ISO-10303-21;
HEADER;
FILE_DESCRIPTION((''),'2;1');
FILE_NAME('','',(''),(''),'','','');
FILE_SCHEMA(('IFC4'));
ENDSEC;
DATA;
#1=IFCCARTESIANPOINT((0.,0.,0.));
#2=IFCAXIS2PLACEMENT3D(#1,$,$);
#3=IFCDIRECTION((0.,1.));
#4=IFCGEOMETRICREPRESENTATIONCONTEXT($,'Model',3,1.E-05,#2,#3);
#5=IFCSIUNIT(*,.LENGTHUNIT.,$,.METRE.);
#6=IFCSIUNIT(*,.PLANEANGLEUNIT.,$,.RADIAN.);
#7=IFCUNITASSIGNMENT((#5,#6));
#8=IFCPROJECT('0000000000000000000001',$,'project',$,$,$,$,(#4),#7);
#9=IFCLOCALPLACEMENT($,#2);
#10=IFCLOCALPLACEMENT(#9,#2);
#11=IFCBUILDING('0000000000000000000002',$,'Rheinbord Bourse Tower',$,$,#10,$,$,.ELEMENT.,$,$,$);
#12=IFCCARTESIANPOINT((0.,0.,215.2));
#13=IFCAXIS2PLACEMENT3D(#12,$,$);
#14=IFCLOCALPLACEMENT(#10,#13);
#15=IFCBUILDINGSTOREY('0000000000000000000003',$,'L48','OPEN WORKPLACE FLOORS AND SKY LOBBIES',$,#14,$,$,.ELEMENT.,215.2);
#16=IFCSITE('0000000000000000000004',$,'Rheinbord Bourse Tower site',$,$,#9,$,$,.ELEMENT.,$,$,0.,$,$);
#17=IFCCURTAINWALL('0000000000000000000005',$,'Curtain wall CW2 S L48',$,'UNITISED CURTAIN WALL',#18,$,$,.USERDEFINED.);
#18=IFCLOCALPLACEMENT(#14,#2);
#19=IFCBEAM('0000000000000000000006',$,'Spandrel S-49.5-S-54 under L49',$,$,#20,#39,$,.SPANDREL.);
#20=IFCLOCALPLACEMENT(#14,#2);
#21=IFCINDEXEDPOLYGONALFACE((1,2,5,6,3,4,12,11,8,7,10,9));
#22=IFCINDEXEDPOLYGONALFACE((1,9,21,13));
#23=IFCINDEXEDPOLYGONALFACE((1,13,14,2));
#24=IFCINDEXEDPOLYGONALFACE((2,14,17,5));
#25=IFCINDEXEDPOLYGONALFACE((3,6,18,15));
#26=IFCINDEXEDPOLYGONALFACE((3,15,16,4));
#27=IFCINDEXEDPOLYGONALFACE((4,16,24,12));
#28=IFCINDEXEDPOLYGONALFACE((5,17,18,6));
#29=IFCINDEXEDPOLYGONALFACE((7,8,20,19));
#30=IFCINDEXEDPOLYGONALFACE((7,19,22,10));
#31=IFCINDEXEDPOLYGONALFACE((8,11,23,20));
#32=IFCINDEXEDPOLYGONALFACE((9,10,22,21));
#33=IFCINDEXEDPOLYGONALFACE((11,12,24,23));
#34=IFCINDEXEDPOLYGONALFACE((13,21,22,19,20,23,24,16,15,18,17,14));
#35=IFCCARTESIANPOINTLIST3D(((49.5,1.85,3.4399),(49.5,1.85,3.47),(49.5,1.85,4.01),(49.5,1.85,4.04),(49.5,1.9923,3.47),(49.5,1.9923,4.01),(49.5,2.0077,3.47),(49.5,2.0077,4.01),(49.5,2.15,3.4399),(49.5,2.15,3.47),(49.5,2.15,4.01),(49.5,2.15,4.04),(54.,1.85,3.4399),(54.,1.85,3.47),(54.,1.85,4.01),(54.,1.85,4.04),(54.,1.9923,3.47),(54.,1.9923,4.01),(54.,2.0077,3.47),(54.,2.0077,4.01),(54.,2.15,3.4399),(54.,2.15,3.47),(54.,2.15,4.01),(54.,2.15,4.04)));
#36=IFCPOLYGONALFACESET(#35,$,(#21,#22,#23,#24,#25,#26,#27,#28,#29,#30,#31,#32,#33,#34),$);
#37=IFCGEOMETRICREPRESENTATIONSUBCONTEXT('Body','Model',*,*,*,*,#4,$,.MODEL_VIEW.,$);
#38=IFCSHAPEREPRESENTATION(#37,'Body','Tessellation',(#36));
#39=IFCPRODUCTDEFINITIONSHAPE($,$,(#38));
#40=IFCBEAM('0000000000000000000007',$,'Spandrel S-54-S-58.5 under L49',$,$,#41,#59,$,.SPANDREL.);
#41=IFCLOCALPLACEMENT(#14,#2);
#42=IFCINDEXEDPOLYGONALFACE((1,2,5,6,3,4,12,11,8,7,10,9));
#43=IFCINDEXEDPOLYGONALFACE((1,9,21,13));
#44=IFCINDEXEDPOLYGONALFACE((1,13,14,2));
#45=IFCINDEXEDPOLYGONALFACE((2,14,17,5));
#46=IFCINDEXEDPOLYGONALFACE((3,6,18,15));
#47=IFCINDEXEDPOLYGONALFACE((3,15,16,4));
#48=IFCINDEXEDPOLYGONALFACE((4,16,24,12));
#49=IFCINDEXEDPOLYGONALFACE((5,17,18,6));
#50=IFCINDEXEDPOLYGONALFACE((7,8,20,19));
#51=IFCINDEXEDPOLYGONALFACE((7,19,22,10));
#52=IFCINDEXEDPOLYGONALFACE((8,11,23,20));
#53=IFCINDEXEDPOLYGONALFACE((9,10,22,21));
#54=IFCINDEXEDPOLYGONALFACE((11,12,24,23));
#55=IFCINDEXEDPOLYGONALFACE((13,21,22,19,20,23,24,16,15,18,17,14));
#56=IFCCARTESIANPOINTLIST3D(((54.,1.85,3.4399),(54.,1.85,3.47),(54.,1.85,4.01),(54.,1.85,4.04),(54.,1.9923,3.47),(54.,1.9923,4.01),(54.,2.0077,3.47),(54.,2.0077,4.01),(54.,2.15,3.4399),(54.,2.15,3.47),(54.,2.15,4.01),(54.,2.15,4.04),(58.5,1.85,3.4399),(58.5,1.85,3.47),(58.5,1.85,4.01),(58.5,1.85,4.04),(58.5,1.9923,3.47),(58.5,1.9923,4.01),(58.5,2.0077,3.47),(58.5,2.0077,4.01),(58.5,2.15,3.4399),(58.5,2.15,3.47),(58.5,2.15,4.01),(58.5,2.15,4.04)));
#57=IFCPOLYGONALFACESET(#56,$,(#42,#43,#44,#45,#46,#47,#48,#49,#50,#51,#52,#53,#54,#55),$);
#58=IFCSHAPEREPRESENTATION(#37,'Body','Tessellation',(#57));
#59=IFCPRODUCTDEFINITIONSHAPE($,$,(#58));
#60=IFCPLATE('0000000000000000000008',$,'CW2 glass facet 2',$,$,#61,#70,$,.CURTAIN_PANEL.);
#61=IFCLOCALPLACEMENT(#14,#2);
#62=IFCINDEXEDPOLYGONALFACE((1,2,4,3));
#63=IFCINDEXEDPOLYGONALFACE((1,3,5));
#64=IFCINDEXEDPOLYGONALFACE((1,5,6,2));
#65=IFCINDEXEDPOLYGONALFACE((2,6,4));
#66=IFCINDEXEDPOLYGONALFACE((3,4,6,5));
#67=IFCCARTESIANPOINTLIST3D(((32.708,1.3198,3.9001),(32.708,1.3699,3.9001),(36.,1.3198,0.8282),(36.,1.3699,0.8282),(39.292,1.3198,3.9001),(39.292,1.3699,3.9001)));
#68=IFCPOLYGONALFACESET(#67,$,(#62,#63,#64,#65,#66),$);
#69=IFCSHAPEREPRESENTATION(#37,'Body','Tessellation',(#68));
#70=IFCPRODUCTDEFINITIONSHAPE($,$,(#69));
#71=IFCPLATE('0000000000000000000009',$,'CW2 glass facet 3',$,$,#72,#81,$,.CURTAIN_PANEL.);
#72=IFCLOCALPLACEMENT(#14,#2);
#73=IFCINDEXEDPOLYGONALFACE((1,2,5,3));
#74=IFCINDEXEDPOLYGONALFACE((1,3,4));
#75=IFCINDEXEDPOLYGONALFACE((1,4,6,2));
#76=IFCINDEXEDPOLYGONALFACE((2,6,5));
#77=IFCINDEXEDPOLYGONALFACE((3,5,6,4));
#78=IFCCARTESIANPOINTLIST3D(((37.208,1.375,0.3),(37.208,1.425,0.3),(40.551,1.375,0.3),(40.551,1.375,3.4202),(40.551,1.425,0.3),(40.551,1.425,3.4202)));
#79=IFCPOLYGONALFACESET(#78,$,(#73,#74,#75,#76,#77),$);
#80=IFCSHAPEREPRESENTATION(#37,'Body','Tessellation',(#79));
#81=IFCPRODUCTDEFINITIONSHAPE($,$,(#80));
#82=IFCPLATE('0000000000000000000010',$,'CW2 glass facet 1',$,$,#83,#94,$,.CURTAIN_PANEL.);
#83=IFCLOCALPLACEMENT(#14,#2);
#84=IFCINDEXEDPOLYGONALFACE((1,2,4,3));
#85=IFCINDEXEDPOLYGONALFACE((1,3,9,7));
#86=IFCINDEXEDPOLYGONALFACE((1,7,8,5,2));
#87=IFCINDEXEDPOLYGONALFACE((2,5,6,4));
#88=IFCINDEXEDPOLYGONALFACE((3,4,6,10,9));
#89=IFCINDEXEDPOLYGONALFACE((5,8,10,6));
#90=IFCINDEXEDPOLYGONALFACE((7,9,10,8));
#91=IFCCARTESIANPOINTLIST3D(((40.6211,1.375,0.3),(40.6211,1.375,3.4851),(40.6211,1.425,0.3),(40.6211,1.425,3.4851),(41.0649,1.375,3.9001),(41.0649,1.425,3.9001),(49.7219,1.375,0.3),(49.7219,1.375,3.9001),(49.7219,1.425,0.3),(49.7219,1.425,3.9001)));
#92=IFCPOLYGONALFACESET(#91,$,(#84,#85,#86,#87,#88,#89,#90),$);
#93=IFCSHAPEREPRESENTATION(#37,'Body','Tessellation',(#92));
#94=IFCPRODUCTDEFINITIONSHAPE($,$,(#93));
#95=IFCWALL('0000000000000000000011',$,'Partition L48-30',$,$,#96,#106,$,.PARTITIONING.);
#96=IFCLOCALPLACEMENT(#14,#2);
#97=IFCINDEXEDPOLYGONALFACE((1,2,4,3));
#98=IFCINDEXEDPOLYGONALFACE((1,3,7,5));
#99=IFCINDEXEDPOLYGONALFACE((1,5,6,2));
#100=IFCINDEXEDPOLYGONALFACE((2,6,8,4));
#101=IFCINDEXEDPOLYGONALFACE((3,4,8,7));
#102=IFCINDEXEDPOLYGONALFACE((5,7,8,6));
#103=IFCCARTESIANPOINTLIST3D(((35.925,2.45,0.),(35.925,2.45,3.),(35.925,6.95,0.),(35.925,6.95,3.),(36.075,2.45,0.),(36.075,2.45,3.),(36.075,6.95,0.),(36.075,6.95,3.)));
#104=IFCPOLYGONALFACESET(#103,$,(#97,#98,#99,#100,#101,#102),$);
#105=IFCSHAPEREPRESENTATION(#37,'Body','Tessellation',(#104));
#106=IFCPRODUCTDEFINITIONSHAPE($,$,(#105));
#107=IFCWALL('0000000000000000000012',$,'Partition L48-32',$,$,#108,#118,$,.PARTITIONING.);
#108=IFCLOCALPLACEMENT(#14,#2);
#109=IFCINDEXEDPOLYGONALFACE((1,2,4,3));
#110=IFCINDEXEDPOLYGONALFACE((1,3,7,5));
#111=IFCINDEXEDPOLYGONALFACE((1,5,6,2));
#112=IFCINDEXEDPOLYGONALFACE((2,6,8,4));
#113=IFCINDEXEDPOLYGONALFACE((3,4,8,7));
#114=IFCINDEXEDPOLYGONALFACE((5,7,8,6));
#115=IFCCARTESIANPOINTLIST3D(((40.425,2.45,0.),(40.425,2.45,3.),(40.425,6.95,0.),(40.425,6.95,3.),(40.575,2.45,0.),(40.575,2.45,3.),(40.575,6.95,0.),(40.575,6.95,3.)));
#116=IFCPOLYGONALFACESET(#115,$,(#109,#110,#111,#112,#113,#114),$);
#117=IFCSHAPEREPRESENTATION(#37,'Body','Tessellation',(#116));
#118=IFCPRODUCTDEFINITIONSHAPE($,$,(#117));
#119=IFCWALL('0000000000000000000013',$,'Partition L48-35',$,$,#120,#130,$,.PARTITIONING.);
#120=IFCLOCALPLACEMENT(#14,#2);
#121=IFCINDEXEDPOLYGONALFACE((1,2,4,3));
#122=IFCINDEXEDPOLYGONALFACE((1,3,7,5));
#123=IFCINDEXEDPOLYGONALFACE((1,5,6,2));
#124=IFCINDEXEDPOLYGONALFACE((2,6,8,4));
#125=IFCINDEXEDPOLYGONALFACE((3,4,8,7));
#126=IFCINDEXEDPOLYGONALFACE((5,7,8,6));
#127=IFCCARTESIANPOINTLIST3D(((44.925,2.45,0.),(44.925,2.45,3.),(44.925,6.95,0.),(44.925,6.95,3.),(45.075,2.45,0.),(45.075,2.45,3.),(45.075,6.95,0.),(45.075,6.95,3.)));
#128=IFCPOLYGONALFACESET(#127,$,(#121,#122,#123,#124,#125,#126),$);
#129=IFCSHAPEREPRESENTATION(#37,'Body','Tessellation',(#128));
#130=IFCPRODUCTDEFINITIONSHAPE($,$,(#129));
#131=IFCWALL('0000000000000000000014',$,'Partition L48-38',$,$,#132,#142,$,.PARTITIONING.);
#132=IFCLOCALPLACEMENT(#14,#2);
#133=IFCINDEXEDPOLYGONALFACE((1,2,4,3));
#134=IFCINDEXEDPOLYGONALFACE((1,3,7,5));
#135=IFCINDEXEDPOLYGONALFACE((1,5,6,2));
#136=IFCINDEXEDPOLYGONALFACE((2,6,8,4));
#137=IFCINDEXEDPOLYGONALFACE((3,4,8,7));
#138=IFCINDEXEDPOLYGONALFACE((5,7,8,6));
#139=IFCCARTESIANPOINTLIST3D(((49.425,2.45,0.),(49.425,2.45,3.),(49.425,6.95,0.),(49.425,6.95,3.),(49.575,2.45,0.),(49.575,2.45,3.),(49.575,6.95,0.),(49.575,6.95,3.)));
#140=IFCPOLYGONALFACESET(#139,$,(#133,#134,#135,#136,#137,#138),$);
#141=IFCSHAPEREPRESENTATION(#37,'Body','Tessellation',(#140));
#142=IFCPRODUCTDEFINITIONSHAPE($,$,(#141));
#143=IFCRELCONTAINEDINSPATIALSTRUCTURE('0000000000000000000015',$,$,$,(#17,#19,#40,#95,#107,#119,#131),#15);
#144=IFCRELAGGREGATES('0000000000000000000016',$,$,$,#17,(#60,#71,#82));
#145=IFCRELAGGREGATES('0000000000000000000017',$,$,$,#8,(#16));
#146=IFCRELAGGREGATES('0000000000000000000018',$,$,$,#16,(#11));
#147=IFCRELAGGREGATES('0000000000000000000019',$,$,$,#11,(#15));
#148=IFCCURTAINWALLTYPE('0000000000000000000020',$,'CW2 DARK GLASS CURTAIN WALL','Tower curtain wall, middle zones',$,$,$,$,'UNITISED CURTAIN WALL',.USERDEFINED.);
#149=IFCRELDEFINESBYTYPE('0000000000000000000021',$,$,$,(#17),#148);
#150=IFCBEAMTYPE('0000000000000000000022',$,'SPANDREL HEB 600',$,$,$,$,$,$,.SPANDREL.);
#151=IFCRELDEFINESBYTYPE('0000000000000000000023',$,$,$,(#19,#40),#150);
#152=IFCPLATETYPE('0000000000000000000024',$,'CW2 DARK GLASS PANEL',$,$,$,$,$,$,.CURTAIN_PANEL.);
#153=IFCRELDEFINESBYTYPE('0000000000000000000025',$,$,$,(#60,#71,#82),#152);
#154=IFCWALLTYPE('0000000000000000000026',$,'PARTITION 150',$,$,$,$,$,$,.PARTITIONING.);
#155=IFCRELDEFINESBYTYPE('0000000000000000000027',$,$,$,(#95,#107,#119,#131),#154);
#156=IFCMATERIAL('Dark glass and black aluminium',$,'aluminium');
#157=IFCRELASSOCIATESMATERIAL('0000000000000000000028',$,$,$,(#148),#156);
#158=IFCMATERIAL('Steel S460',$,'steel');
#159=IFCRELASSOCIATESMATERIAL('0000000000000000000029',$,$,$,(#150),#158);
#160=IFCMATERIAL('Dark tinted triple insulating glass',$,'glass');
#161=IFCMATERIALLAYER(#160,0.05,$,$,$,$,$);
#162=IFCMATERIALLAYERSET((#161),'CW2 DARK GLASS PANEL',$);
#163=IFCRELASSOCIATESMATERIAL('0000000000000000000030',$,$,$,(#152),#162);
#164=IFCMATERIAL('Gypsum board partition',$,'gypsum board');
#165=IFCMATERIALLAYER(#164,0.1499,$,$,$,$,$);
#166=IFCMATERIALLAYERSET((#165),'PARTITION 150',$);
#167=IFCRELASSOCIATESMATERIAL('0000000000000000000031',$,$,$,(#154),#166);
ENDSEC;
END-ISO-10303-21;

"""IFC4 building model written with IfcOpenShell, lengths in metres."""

from ifc_helpers import new_model, si_unit, direction, frame, frame_2d, origin, origin_2d, place, context, subcontext, project, spatial, polyline, rectangle, i_section, outline, extrude, material, layer, layer_set, material_profile, profile_set, type_object, element, aggregate, save


model = new_model("IFC4")

# Units and contexts
model_context = context("Model", 3, precision=1e-05, world=origin(), true_north=direction((0.0, 1.0)))
body_context = subcontext(model_context, "Body", "Model", "MODEL_VIEW")
ifc_project = project(units=[si_unit("LENGTHUNIT", "METRE"), si_unit("PLANEANGLEUNIT", "RADIAN")], contexts=[model_context])

# Site, building, storey
site_placement = place(None, origin())
site = spatial("IfcSite", under=ifc_project, at=site_placement, Name="Rheinbord Bourse Tower site", CompositionType="ELEMENT", RefElevation=0.0)
building_placement = place(site_placement, origin())
building = spatial("IfcBuilding", under=site, at=building_placement, Name="Rheinbord Bourse Tower", CompositionType="ELEMENT")
storey_placement = place(building_placement, frame((0.0, 0.0, 215.2)))
storey = spatial("IfcBuildingStorey", under=building, at=storey_placement, Name="L48", Description="OPEN WORKPLACE FLOORS AND SKY LOBBIES", CompositionType="ELEMENT", Elevation=215.2)

# Curtain wall
ifc_material_1 = material(Name="Dark glass and black aluminium", Category="aluminium")
curtain_wall_type = type_object("IfcCurtainWallType", Name="CW2 DARK GLASS CURTAIN WALL", Description="Tower curtain wall, middle zones", ElementType="UNITISED CURTAIN WALL", PredefinedType="USERDEFINED", material=ifc_material_1)
curtain_wall_placement = place(storey_placement, origin())
curtain_wall = element("IfcCurtainWall", 1, at=curtain_wall_placement, inside=storey, type_object=curtain_wall_type, Name="Curtain wall CW2 S L48", ObjectType="UNITISED CURTAIN WALL", PredefinedType="USERDEFINED")

# Beams
ifc_material_2 = material(Name="Steel S460", Category="steel")
ifc_material_profile_1 = material_profile(ifc_material_2, i_section(OverallWidth=0.3, OverallDepth=0.6001, WebThickness=0.0154, FlangeThickness=0.03, at=origin_2d()), Name="HEB 600")
ifc_profile_set_1 = profile_set([ifc_material_profile_1], Name="Steel S460")
beam_type_1 = type_object("IfcBeamType", Name="SPANDREL HEB 600", PredefinedType="SPANDREL", material=ifc_profile_set_1)
for number, where, z_axis, x_axis, name in (
    (2, (49.5, 2.0, 3.74), (1.0, 0.0, 0.0), (0.0, 1.0, 0.0), "Spandrel S-49.5-S-54 under L49"),
    (3, (54.0, 2.0, 3.74), (1.0, 0.0, 0.0), (0.0, 1.0, 0.0), "Spandrel S-54-S-58.5 under L49"),
):
    element("IfcBeam", number, at=place(storey_placement, frame(where, z_axis=z_axis, x_axis=x_axis)), inside=storey, type_object=beam_type_1, Name=name, PredefinedType="SPANDREL", context=body_context, shape_type="SweptSolid", body=[
        extrude(i_section(OverallWidth=0.3, OverallDepth=0.6001, WebThickness=0.0154, FlangeThickness=0.03, at=origin_2d()), origin(), (0.0, 0.0, 1.0), 4.5),
    ])

# Plates
ifc_material_3 = material(Name="Dark tinted triple insulating glass", Category="glass")
ifc_layer_1 = layer(ifc_material_3, 0.05)
ifc_layer_set_1 = layer_set([ifc_layer_1], Name="CW2 DARK GLASS PANEL")
plate_type = type_object("IfcPlateType", Name="CW2 DARK GLASS PANEL", PredefinedType="CURTAIN_PANEL", material=ifc_layer_set_1)
plate_1_placement = place(storey_placement, frame((39.292, 1.3198, 3.9001), z_axis=(0.0, 1.0, 0.0), x_axis=(-0.731111, 0.0, -0.682258)))
plate_1 = element("IfcPlate", 4, at=plate_1_placement, type_object=plate_type, Name="CW2 glass facet 2", PredefinedType="CURTAIN_PANEL", context=body_context, shape_type="SweptSolid", body=[
    extrude(outline(polyline([(0.0, 0.0), (4.5027, 0.0), (4.8137, 4.4919), (0.0, 0.0)])), origin(), (0.0, 0.0, 1.0), 0.05),
])
plate_2_placement = place(storey_placement, frame((40.551, 1.375, 0.3), z_axis=(0.0, 1.0, 0.0), x_axis=(-1.0, 0.0, 0.0)))
plate_2 = element("IfcPlate", 5, at=plate_2_placement, type_object=plate_type, Name="CW2 glass facet 3", PredefinedType="CURTAIN_PANEL", context=body_context, shape_type="SweptSolid", body=[
    extrude(outline(polyline([(0.0, 0.0), (3.343, 0.0), (0.0, 3.1201), (0.0, 0.0)])), origin(), (0.0, 0.0, 1.0), 0.05),
])
plate_3_placement = place(storey_placement, frame((49.7219, 1.375, 3.9001), z_axis=(0.0, 1.0, 0.0), x_axis=(0.0, 0.0, -1.0)))
plate_3 = element("IfcPlate", 6, at=plate_3_placement, type_object=plate_type, Name="CW2 glass facet 1", PredefinedType="CURTAIN_PANEL", context=body_context, shape_type="SweptSolid", body=[
    extrude(outline(polyline([(0.0, 0.0), (3.6001, 0.0), (3.6001, 9.1008), (0.415, 9.1008), (0.0, 8.657), (0.0, 0.0)])), origin(), (0.0, 0.0, 1.0), 0.05),
])
aggregate(curtain_wall, [plate_1, plate_2, plate_3])

# Walls
ifc_material_4 = material(Name="Gypsum board partition", Category="gypsum board")
ifc_layer_2 = layer(ifc_material_4, 0.1499)
ifc_layer_set_2 = layer_set([ifc_layer_2], Name="PARTITION 150")
wall_type = type_object("IfcWallType", Name="PARTITION 150", PredefinedType="PARTITIONING", material=ifc_layer_set_2)
for number, where, z_axis, x_axis, name in (
    (7, (36.0, 2.45, 0.0), (0.0, 0.0, 1.0), (0.0, 1.0, 0.0), "Partition L48-30"),
    (8, (40.5, 2.45, 0.0), (0.0, 0.0, 1.0), (0.0, 1.0, 0.0), "Partition L48-32"),
    (9, (45.0, 2.45, 0.0), (0.0, 0.0, 1.0), (0.0, 1.0, 0.0), "Partition L48-35"),
    (10, (49.5, 2.45, 0.0), (0.0, 0.0, 1.0), (0.0, 1.0, 0.0), "Partition L48-38"),
):
    element("IfcWall", number, at=place(storey_placement, frame(where, z_axis=z_axis, x_axis=x_axis)), inside=storey, type_object=wall_type, Name=name, PredefinedType="PARTITIONING", context=body_context, shape_type="SweptSolid", body=[
        extrude(rectangle(XDim=4.5, YDim=0.1499, at=frame_2d((2.25, 0.0))), origin(), (0.0, 0.0, 1.0), 3.0),
    ])

save(model, "model.ifc")
